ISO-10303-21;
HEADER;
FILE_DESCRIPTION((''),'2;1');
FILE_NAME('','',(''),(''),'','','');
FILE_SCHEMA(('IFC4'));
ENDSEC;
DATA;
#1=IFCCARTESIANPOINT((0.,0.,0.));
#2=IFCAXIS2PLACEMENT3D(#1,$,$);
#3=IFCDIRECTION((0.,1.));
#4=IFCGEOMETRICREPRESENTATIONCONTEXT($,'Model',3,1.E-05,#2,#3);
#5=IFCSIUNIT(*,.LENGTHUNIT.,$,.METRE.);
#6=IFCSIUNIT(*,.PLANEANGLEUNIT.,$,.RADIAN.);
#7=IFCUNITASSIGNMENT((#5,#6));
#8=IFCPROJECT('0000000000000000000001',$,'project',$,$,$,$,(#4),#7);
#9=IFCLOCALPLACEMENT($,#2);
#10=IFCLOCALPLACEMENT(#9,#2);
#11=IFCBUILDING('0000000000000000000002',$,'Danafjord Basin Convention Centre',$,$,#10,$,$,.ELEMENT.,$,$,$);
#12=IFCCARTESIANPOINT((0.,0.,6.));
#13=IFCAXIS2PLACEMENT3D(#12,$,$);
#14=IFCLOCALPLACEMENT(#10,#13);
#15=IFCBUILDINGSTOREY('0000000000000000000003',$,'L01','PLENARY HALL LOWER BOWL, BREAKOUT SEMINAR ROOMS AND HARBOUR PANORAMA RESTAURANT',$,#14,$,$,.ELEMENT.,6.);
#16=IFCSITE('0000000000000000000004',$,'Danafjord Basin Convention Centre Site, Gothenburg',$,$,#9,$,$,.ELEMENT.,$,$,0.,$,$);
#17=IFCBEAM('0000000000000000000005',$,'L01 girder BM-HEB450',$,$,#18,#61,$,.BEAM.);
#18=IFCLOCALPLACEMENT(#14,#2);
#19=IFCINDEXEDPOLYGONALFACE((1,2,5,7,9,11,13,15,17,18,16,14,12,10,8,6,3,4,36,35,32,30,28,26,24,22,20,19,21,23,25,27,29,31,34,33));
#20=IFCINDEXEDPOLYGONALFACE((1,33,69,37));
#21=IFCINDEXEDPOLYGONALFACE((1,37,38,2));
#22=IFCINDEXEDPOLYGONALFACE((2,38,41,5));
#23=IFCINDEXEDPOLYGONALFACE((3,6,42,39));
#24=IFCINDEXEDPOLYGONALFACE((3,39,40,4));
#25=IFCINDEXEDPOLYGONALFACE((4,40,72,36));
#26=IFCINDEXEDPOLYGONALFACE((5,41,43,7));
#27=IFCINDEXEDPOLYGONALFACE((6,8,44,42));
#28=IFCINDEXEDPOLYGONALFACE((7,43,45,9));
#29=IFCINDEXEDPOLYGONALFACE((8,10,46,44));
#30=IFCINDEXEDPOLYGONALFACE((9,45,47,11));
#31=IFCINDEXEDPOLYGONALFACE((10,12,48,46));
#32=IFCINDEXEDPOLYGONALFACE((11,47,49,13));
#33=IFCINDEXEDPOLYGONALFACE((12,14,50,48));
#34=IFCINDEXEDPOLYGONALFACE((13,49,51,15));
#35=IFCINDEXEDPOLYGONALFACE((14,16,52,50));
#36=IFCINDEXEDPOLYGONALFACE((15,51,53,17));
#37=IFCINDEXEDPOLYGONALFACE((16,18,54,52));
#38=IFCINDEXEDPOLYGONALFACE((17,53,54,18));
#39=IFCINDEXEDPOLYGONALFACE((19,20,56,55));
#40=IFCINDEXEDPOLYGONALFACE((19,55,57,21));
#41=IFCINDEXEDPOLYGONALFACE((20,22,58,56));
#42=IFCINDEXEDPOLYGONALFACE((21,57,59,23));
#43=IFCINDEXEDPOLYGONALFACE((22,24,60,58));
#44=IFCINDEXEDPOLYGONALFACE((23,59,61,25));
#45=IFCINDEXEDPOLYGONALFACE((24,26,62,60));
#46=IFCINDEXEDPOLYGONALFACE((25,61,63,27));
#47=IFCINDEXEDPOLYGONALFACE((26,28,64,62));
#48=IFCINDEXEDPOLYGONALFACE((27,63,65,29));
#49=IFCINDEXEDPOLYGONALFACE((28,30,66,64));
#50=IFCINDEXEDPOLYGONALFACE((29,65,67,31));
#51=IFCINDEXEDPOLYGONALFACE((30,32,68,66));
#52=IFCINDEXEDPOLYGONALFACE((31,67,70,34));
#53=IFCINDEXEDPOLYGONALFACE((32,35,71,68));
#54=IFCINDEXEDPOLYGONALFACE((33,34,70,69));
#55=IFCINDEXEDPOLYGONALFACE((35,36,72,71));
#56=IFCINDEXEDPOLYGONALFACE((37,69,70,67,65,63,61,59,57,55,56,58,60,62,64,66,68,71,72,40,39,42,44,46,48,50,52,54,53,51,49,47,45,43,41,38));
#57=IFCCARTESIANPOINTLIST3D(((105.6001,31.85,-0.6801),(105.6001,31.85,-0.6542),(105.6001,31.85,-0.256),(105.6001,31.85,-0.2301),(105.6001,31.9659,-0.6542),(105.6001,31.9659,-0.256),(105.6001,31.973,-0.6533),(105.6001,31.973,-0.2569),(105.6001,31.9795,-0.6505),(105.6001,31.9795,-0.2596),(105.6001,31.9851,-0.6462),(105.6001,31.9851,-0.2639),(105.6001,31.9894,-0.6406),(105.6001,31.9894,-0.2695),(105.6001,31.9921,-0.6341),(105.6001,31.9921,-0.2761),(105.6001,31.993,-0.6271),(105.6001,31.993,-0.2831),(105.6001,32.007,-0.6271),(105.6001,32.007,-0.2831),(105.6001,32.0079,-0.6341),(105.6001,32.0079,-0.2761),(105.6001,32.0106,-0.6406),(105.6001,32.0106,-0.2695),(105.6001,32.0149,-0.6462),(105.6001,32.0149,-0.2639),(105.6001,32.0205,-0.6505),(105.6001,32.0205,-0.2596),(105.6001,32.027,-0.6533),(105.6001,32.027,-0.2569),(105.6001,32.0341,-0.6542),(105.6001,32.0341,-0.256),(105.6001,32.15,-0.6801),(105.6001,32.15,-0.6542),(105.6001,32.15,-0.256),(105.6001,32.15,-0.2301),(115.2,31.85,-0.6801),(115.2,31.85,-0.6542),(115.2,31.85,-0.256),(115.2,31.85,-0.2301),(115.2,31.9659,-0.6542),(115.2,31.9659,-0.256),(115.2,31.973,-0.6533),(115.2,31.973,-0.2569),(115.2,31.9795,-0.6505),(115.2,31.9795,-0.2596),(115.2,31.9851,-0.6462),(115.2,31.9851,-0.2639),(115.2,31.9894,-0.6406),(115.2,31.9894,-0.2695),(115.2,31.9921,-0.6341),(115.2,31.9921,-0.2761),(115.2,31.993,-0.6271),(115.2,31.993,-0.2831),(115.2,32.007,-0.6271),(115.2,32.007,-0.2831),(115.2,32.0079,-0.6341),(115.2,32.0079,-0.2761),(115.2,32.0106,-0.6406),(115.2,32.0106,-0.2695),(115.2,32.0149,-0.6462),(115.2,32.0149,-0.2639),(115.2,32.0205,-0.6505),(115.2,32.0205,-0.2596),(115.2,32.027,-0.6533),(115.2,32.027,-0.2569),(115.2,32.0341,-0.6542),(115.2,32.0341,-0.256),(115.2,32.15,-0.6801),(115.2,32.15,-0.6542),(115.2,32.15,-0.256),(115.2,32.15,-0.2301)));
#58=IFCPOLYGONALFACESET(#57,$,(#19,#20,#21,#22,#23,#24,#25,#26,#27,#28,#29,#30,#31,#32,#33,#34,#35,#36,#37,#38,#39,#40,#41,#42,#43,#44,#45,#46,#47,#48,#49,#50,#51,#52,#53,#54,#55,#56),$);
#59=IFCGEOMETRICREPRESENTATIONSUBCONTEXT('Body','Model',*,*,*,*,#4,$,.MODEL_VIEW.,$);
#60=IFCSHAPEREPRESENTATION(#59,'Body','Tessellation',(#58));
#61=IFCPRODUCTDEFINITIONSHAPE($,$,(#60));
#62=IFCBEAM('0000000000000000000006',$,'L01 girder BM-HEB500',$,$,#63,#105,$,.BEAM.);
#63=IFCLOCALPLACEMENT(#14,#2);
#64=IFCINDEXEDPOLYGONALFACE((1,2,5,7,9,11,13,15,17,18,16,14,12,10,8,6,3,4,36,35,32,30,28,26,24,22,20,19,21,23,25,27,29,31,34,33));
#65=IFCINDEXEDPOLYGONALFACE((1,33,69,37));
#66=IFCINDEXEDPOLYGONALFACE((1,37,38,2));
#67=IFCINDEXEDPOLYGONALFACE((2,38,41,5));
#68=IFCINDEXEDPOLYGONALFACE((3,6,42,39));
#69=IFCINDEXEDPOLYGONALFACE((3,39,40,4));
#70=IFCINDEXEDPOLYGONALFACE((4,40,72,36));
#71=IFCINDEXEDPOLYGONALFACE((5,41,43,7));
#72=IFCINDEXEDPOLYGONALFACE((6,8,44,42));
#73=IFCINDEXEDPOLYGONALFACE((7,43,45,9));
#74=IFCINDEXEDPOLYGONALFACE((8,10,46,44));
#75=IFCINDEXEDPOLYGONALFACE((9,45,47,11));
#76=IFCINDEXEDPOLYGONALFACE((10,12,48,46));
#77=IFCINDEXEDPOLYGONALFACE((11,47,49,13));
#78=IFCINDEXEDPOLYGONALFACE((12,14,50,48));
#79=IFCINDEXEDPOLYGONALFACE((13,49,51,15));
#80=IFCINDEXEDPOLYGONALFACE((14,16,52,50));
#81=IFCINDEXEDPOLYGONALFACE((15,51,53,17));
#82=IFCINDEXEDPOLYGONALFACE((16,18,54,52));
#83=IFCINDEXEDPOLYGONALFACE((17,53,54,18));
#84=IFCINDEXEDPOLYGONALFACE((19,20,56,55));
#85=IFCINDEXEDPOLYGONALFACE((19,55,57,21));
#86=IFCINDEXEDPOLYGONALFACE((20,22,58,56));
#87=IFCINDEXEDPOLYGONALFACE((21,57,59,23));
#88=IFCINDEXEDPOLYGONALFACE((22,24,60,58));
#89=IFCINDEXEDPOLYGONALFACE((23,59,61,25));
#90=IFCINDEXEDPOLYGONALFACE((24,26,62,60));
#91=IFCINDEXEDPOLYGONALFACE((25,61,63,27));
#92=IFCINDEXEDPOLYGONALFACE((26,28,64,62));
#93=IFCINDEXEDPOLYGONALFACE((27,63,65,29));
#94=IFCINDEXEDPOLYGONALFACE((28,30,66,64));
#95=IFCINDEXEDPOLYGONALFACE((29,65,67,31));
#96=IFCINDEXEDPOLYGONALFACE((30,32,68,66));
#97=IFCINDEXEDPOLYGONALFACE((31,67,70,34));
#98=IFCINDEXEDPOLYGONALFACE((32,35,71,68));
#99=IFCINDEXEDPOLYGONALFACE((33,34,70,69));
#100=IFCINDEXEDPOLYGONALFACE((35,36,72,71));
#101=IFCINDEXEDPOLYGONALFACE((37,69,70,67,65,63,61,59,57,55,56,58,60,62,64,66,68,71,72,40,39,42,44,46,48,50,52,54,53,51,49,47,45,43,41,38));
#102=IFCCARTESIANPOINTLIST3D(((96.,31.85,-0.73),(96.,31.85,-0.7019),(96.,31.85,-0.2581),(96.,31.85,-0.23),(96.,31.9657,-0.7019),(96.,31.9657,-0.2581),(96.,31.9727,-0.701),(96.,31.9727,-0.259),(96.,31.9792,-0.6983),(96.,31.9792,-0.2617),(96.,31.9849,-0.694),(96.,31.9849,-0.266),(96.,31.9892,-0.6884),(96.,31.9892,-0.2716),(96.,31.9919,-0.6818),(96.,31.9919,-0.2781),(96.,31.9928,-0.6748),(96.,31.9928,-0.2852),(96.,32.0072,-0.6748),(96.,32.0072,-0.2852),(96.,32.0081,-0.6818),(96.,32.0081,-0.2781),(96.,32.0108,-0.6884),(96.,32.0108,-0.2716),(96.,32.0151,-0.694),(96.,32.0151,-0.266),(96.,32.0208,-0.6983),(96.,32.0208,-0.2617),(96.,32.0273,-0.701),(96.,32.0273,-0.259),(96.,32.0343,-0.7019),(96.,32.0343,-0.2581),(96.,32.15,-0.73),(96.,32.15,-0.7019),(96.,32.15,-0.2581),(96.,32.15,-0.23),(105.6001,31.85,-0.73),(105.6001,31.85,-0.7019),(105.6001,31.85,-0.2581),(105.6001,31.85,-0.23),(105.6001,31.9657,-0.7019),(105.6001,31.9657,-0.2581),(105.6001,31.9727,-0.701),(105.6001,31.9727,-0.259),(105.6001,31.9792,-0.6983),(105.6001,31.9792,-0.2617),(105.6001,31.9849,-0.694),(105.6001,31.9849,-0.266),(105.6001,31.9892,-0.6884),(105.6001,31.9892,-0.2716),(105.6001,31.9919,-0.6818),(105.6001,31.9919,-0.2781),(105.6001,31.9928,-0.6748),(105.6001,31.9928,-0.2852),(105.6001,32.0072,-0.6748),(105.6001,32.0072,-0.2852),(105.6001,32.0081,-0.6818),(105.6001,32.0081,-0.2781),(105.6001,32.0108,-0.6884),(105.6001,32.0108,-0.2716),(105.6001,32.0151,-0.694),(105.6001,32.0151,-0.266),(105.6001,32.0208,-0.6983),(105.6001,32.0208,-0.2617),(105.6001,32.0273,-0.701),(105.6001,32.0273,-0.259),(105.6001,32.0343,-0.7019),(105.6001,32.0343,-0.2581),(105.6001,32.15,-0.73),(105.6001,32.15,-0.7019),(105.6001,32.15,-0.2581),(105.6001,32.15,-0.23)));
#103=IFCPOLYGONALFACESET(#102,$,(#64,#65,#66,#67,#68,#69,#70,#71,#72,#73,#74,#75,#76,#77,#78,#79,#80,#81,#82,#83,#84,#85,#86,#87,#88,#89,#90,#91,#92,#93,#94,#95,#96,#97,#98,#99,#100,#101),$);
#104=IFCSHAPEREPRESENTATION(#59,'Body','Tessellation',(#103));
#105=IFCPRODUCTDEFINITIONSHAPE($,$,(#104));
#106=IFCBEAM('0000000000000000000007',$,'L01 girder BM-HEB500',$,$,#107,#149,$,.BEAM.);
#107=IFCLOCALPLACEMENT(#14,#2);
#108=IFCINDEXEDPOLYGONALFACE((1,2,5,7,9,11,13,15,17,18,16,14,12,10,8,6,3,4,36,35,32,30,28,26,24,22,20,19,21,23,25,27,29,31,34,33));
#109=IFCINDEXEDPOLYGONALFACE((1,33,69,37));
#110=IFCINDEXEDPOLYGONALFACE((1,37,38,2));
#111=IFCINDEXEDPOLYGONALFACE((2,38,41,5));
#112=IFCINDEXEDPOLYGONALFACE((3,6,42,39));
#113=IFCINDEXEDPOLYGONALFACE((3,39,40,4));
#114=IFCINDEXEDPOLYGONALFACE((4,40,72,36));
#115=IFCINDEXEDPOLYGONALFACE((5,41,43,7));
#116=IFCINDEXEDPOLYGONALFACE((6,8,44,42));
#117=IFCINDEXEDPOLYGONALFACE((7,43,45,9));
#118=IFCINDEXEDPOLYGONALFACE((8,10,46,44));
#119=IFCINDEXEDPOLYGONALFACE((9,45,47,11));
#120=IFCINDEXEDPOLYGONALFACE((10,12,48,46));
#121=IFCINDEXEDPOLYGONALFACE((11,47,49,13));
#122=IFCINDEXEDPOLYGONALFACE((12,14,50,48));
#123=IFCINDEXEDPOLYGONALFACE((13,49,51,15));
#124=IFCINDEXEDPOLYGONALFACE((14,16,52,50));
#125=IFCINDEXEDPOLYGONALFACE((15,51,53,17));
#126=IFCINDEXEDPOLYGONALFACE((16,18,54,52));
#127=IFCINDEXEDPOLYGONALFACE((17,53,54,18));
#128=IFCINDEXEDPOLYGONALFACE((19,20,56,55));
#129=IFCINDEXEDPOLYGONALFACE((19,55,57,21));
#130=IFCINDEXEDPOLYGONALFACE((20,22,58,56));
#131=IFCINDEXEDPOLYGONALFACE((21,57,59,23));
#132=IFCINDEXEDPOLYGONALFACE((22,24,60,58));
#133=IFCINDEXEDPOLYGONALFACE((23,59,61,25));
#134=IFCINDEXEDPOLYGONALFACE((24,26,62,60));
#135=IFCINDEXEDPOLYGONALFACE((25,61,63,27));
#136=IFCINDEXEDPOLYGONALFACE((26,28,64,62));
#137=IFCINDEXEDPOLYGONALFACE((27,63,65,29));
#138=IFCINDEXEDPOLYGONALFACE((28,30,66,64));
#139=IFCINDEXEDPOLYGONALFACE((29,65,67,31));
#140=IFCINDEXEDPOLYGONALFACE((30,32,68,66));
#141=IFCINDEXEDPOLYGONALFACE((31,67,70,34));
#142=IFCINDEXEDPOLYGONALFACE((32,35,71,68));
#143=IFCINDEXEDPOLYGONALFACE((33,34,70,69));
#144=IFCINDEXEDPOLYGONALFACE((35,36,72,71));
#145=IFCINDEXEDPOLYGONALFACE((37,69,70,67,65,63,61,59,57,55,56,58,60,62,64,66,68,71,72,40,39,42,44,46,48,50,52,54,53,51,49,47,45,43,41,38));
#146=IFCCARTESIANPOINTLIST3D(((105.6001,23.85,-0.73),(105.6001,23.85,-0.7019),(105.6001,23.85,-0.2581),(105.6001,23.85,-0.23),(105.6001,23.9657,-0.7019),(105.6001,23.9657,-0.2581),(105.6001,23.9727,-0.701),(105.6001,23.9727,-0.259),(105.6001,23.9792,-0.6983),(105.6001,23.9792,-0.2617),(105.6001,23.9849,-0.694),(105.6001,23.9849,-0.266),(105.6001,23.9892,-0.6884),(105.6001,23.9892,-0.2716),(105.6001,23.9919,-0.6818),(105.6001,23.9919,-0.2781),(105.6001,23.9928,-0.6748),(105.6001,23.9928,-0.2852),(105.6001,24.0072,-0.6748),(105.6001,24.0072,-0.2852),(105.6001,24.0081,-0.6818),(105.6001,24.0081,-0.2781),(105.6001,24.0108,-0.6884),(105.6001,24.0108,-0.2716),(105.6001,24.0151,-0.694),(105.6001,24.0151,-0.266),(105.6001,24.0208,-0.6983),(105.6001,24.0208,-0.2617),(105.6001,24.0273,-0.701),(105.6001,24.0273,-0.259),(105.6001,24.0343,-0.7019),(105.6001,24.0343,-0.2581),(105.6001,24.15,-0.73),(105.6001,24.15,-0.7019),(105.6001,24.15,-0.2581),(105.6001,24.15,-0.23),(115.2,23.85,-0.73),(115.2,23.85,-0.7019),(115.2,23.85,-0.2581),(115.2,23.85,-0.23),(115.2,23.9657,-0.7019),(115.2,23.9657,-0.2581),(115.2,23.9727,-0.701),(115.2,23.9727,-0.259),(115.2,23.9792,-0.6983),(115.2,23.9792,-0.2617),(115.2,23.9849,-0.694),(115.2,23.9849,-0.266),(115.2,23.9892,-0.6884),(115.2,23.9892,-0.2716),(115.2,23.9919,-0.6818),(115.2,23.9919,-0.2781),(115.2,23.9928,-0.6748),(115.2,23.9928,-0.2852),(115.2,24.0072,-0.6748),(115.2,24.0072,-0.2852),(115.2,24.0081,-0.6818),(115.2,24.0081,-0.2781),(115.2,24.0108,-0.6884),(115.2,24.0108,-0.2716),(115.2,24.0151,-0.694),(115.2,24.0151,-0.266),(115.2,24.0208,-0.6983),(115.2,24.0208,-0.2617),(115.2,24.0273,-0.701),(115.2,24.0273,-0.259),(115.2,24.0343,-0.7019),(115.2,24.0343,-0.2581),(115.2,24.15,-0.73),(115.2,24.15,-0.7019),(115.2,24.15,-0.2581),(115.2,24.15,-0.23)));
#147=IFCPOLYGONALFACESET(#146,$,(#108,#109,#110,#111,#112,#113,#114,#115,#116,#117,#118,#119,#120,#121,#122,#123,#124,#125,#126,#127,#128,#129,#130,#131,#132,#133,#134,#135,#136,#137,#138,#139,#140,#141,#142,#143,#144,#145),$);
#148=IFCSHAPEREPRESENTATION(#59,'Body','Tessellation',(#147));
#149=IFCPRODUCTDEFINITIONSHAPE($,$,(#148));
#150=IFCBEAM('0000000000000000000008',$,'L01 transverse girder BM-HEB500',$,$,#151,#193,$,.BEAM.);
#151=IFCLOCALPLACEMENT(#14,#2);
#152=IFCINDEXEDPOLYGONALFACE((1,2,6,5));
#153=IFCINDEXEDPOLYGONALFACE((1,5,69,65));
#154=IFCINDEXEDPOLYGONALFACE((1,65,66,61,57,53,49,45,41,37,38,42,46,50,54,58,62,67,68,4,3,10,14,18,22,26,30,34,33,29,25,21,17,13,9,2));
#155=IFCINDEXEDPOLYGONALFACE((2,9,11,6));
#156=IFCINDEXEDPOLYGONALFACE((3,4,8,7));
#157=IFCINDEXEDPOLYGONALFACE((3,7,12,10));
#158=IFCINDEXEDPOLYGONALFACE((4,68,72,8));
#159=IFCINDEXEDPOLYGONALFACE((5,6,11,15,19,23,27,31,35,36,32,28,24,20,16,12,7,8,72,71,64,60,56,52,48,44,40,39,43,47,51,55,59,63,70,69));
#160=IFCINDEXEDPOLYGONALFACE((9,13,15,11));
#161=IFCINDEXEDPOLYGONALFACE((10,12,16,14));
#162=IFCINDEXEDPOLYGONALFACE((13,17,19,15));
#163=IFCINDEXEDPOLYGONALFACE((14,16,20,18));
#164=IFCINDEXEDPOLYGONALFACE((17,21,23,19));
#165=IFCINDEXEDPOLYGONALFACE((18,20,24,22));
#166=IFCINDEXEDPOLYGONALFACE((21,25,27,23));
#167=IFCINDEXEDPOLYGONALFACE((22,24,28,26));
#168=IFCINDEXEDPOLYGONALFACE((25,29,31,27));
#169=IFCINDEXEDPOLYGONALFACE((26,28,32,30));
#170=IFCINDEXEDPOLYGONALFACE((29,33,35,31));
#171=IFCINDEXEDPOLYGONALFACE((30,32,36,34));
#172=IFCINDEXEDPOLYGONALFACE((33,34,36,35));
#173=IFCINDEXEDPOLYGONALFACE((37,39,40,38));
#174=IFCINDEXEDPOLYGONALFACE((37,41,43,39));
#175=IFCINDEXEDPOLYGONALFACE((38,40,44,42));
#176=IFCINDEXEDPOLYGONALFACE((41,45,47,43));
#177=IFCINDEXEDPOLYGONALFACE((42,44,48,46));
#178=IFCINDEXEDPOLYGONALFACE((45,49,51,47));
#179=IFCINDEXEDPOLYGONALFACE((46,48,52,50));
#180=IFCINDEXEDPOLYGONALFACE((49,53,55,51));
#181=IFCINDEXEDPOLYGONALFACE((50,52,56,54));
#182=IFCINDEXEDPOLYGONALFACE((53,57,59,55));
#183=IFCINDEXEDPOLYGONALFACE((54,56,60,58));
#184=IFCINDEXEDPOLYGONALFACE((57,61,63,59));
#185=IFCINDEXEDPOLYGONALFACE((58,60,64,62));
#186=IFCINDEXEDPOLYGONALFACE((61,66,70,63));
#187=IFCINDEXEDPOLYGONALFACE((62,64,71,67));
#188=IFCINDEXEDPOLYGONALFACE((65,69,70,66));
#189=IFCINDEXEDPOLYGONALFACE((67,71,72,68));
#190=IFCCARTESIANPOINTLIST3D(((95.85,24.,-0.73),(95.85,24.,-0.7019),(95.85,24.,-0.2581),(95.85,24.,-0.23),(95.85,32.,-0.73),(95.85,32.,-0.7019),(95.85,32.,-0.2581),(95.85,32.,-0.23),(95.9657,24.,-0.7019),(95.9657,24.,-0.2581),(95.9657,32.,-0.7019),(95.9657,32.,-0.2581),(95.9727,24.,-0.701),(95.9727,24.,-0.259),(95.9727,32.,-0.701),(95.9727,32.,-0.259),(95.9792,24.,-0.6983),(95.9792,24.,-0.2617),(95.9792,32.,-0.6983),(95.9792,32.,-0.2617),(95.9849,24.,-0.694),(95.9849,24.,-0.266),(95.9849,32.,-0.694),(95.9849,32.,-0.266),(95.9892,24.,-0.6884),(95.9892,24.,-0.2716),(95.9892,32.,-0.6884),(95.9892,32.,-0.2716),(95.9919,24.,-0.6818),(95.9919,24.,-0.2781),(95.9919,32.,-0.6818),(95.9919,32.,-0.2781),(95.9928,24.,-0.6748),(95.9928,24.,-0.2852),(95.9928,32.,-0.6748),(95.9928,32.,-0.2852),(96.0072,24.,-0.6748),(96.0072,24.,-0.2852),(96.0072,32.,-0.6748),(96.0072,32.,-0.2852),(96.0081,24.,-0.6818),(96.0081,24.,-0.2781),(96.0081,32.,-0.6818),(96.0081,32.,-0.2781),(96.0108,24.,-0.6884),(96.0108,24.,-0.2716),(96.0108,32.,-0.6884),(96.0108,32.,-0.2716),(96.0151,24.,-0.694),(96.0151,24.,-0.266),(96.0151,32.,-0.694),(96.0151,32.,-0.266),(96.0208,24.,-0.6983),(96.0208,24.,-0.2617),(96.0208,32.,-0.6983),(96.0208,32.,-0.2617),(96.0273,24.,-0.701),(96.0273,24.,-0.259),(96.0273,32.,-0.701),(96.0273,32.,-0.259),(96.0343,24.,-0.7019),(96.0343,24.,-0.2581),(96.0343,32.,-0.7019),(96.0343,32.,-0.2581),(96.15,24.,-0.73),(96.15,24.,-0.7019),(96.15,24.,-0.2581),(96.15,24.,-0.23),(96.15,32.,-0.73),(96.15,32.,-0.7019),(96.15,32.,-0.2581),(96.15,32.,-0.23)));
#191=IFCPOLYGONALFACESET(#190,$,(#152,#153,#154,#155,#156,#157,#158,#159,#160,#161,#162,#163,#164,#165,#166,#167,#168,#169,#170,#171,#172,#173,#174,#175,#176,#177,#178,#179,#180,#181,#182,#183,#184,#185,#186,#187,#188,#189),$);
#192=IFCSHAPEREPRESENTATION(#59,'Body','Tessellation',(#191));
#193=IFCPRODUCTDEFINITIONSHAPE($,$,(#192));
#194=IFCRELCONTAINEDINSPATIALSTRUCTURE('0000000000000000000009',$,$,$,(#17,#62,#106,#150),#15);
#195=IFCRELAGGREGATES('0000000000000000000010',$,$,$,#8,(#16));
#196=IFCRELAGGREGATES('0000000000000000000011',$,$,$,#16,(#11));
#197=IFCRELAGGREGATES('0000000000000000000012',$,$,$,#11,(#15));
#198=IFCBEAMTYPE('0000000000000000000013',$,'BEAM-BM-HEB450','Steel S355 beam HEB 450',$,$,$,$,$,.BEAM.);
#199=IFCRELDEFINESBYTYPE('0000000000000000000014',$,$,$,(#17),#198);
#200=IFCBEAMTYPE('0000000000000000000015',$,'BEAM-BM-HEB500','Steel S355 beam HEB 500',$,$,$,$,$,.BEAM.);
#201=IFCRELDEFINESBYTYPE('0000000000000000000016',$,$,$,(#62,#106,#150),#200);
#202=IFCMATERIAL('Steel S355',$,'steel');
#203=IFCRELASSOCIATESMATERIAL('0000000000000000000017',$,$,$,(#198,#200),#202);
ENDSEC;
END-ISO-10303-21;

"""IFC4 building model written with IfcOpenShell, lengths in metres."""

from ifc_helpers import new_model, si_unit, direction, frame, origin, origin_2d, place, context, subcontext, project, spatial, i_section, extrude, material, material_profile, profile_set, type_object, element, save


model = new_model("IFC4")

# Units and contexts
model_context = context("Model", 3, precision=1e-05, world=origin(), true_north=direction((0.0, 1.0)))
body_context = subcontext(model_context, "Body", "Model", "MODEL_VIEW")
ifc_project = project(units=[si_unit("LENGTHUNIT", "METRE"), si_unit("PLANEANGLEUNIT", "RADIAN")], contexts=[model_context])

# Site, building, storey
site_placement = place(None, origin())
site = spatial("IfcSite", under=ifc_project, at=site_placement, Name="Danafjord Basin Convention Centre Site, Gothenburg", CompositionType="ELEMENT", RefElevation=0.0)
building_placement = place(site_placement, origin())
building = spatial("IfcBuilding", under=site, at=building_placement, Name="Danafjord Basin Convention Centre", CompositionType="ELEMENT")
storey_placement = place(building_placement, frame((0.0, 0.0, 6.0)))
storey = spatial("IfcBuildingStorey", under=building, at=storey_placement, Name="L01", Description="PLENARY HALL LOWER BOWL, BREAKOUT SEMINAR ROOMS AND HARBOUR PANORAMA RESTAURANT", CompositionType="ELEMENT", Elevation=6.0)

# Shared definitions
ifc_material_1 = material(Name="Steel S355", Category="steel")

# Beams
ifc_material_profile_1 = material_profile(ifc_material_1, i_section(OverallWidth=0.3, OverallDepth=0.45, WebThickness=0.0139, FlangeThickness=0.0259, FilletRadius=0.0271, at=origin_2d()), Name="HEB 450")
ifc_profile_set_1 = profile_set([ifc_material_profile_1], Name="Steel S355")
beam_type_1 = type_object("IfcBeamType", Name="BEAM-BM-HEB450", Description="Steel S355 beam HEB 450", PredefinedType="BEAM", material=ifc_profile_set_1)
beam_1_placement = place(storey_placement, frame((105.6001, 32.0, -0.4551), z_axis=(1.0, 0.0, 0.0), x_axis=(0.0, 1.0, 0.0)))
element("IfcBeam", 1, at=beam_1_placement, inside=storey, type_object=beam_type_1, Name="L01 girder BM-HEB450", PredefinedType="BEAM", context=body_context, shape_type="SweptSolid", body=[
    extrude(i_section(OverallWidth=0.3, OverallDepth=0.45, WebThickness=0.0139, FlangeThickness=0.0259, FilletRadius=0.0271, at=origin_2d()), origin(), (0.0, 0.0, 1.0), 9.5999),
])
ifc_material_profile_2 = material_profile(ifc_material_1, i_section(OverallWidth=0.3, OverallDepth=0.5, WebThickness=0.0144, FlangeThickness=0.0281, FilletRadius=0.0271, at=origin_2d()), Name="HEB 500")
ifc_profile_set_2 = profile_set([ifc_material_profile_2], Name="Steel S355")
beam_type_2 = type_object("IfcBeamType", Name="BEAM-BM-HEB500", Description="Steel S355 beam HEB 500", PredefinedType="BEAM", material=ifc_profile_set_2)
beam_2_placement = place(storey_placement, frame((96.0, 32.0, -0.48), z_axis=(1.0, 0.0, 0.0), x_axis=(0.0, 1.0, 0.0)))
element("IfcBeam", 2, at=beam_2_placement, inside=storey, type_object=beam_type_2, Name="L01 girder BM-HEB500", PredefinedType="BEAM", context=body_context, shape_type="SweptSolid", body=[
    extrude(i_section(OverallWidth=0.3, OverallDepth=0.5, WebThickness=0.0144, FlangeThickness=0.0281, FilletRadius=0.0271, at=origin_2d()), origin(), (0.0, 0.0, 1.0), 9.6001),
])
beam_3_placement = place(storey_placement, frame((105.6001, 24.0, -0.48), z_axis=(1.0, 0.0, 0.0), x_axis=(0.0, 1.0, 0.0)))
element("IfcBeam", 3, at=beam_3_placement, inside=storey, type_object=beam_type_2, Name="L01 girder BM-HEB500", PredefinedType="BEAM", context=body_context, shape_type="SweptSolid", body=[
    extrude(i_section(OverallWidth=0.3, OverallDepth=0.5, WebThickness=0.0144, FlangeThickness=0.0281, FilletRadius=0.0271, at=origin_2d()), origin(), (0.0, 0.0, 1.0), 9.5999),
])
beam_4_placement = place(storey_placement, frame((96.0, 24.0, -0.48), z_axis=(0.0, 1.0, 0.0), x_axis=(-1.0, 0.0, 0.0)))
element("IfcBeam", 4, at=beam_4_placement, inside=storey, type_object=beam_type_2, Name="L01 transverse girder BM-HEB500", PredefinedType="BEAM", context=body_context, shape_type="SweptSolid", body=[
    extrude(i_section(OverallWidth=0.3, OverallDepth=0.5, WebThickness=0.0144, FlangeThickness=0.0281, FilletRadius=0.0271, at=origin_2d()), origin(), (0.0, 0.0, 1.0), 8.0),
])

save(model, "model.ifc")
